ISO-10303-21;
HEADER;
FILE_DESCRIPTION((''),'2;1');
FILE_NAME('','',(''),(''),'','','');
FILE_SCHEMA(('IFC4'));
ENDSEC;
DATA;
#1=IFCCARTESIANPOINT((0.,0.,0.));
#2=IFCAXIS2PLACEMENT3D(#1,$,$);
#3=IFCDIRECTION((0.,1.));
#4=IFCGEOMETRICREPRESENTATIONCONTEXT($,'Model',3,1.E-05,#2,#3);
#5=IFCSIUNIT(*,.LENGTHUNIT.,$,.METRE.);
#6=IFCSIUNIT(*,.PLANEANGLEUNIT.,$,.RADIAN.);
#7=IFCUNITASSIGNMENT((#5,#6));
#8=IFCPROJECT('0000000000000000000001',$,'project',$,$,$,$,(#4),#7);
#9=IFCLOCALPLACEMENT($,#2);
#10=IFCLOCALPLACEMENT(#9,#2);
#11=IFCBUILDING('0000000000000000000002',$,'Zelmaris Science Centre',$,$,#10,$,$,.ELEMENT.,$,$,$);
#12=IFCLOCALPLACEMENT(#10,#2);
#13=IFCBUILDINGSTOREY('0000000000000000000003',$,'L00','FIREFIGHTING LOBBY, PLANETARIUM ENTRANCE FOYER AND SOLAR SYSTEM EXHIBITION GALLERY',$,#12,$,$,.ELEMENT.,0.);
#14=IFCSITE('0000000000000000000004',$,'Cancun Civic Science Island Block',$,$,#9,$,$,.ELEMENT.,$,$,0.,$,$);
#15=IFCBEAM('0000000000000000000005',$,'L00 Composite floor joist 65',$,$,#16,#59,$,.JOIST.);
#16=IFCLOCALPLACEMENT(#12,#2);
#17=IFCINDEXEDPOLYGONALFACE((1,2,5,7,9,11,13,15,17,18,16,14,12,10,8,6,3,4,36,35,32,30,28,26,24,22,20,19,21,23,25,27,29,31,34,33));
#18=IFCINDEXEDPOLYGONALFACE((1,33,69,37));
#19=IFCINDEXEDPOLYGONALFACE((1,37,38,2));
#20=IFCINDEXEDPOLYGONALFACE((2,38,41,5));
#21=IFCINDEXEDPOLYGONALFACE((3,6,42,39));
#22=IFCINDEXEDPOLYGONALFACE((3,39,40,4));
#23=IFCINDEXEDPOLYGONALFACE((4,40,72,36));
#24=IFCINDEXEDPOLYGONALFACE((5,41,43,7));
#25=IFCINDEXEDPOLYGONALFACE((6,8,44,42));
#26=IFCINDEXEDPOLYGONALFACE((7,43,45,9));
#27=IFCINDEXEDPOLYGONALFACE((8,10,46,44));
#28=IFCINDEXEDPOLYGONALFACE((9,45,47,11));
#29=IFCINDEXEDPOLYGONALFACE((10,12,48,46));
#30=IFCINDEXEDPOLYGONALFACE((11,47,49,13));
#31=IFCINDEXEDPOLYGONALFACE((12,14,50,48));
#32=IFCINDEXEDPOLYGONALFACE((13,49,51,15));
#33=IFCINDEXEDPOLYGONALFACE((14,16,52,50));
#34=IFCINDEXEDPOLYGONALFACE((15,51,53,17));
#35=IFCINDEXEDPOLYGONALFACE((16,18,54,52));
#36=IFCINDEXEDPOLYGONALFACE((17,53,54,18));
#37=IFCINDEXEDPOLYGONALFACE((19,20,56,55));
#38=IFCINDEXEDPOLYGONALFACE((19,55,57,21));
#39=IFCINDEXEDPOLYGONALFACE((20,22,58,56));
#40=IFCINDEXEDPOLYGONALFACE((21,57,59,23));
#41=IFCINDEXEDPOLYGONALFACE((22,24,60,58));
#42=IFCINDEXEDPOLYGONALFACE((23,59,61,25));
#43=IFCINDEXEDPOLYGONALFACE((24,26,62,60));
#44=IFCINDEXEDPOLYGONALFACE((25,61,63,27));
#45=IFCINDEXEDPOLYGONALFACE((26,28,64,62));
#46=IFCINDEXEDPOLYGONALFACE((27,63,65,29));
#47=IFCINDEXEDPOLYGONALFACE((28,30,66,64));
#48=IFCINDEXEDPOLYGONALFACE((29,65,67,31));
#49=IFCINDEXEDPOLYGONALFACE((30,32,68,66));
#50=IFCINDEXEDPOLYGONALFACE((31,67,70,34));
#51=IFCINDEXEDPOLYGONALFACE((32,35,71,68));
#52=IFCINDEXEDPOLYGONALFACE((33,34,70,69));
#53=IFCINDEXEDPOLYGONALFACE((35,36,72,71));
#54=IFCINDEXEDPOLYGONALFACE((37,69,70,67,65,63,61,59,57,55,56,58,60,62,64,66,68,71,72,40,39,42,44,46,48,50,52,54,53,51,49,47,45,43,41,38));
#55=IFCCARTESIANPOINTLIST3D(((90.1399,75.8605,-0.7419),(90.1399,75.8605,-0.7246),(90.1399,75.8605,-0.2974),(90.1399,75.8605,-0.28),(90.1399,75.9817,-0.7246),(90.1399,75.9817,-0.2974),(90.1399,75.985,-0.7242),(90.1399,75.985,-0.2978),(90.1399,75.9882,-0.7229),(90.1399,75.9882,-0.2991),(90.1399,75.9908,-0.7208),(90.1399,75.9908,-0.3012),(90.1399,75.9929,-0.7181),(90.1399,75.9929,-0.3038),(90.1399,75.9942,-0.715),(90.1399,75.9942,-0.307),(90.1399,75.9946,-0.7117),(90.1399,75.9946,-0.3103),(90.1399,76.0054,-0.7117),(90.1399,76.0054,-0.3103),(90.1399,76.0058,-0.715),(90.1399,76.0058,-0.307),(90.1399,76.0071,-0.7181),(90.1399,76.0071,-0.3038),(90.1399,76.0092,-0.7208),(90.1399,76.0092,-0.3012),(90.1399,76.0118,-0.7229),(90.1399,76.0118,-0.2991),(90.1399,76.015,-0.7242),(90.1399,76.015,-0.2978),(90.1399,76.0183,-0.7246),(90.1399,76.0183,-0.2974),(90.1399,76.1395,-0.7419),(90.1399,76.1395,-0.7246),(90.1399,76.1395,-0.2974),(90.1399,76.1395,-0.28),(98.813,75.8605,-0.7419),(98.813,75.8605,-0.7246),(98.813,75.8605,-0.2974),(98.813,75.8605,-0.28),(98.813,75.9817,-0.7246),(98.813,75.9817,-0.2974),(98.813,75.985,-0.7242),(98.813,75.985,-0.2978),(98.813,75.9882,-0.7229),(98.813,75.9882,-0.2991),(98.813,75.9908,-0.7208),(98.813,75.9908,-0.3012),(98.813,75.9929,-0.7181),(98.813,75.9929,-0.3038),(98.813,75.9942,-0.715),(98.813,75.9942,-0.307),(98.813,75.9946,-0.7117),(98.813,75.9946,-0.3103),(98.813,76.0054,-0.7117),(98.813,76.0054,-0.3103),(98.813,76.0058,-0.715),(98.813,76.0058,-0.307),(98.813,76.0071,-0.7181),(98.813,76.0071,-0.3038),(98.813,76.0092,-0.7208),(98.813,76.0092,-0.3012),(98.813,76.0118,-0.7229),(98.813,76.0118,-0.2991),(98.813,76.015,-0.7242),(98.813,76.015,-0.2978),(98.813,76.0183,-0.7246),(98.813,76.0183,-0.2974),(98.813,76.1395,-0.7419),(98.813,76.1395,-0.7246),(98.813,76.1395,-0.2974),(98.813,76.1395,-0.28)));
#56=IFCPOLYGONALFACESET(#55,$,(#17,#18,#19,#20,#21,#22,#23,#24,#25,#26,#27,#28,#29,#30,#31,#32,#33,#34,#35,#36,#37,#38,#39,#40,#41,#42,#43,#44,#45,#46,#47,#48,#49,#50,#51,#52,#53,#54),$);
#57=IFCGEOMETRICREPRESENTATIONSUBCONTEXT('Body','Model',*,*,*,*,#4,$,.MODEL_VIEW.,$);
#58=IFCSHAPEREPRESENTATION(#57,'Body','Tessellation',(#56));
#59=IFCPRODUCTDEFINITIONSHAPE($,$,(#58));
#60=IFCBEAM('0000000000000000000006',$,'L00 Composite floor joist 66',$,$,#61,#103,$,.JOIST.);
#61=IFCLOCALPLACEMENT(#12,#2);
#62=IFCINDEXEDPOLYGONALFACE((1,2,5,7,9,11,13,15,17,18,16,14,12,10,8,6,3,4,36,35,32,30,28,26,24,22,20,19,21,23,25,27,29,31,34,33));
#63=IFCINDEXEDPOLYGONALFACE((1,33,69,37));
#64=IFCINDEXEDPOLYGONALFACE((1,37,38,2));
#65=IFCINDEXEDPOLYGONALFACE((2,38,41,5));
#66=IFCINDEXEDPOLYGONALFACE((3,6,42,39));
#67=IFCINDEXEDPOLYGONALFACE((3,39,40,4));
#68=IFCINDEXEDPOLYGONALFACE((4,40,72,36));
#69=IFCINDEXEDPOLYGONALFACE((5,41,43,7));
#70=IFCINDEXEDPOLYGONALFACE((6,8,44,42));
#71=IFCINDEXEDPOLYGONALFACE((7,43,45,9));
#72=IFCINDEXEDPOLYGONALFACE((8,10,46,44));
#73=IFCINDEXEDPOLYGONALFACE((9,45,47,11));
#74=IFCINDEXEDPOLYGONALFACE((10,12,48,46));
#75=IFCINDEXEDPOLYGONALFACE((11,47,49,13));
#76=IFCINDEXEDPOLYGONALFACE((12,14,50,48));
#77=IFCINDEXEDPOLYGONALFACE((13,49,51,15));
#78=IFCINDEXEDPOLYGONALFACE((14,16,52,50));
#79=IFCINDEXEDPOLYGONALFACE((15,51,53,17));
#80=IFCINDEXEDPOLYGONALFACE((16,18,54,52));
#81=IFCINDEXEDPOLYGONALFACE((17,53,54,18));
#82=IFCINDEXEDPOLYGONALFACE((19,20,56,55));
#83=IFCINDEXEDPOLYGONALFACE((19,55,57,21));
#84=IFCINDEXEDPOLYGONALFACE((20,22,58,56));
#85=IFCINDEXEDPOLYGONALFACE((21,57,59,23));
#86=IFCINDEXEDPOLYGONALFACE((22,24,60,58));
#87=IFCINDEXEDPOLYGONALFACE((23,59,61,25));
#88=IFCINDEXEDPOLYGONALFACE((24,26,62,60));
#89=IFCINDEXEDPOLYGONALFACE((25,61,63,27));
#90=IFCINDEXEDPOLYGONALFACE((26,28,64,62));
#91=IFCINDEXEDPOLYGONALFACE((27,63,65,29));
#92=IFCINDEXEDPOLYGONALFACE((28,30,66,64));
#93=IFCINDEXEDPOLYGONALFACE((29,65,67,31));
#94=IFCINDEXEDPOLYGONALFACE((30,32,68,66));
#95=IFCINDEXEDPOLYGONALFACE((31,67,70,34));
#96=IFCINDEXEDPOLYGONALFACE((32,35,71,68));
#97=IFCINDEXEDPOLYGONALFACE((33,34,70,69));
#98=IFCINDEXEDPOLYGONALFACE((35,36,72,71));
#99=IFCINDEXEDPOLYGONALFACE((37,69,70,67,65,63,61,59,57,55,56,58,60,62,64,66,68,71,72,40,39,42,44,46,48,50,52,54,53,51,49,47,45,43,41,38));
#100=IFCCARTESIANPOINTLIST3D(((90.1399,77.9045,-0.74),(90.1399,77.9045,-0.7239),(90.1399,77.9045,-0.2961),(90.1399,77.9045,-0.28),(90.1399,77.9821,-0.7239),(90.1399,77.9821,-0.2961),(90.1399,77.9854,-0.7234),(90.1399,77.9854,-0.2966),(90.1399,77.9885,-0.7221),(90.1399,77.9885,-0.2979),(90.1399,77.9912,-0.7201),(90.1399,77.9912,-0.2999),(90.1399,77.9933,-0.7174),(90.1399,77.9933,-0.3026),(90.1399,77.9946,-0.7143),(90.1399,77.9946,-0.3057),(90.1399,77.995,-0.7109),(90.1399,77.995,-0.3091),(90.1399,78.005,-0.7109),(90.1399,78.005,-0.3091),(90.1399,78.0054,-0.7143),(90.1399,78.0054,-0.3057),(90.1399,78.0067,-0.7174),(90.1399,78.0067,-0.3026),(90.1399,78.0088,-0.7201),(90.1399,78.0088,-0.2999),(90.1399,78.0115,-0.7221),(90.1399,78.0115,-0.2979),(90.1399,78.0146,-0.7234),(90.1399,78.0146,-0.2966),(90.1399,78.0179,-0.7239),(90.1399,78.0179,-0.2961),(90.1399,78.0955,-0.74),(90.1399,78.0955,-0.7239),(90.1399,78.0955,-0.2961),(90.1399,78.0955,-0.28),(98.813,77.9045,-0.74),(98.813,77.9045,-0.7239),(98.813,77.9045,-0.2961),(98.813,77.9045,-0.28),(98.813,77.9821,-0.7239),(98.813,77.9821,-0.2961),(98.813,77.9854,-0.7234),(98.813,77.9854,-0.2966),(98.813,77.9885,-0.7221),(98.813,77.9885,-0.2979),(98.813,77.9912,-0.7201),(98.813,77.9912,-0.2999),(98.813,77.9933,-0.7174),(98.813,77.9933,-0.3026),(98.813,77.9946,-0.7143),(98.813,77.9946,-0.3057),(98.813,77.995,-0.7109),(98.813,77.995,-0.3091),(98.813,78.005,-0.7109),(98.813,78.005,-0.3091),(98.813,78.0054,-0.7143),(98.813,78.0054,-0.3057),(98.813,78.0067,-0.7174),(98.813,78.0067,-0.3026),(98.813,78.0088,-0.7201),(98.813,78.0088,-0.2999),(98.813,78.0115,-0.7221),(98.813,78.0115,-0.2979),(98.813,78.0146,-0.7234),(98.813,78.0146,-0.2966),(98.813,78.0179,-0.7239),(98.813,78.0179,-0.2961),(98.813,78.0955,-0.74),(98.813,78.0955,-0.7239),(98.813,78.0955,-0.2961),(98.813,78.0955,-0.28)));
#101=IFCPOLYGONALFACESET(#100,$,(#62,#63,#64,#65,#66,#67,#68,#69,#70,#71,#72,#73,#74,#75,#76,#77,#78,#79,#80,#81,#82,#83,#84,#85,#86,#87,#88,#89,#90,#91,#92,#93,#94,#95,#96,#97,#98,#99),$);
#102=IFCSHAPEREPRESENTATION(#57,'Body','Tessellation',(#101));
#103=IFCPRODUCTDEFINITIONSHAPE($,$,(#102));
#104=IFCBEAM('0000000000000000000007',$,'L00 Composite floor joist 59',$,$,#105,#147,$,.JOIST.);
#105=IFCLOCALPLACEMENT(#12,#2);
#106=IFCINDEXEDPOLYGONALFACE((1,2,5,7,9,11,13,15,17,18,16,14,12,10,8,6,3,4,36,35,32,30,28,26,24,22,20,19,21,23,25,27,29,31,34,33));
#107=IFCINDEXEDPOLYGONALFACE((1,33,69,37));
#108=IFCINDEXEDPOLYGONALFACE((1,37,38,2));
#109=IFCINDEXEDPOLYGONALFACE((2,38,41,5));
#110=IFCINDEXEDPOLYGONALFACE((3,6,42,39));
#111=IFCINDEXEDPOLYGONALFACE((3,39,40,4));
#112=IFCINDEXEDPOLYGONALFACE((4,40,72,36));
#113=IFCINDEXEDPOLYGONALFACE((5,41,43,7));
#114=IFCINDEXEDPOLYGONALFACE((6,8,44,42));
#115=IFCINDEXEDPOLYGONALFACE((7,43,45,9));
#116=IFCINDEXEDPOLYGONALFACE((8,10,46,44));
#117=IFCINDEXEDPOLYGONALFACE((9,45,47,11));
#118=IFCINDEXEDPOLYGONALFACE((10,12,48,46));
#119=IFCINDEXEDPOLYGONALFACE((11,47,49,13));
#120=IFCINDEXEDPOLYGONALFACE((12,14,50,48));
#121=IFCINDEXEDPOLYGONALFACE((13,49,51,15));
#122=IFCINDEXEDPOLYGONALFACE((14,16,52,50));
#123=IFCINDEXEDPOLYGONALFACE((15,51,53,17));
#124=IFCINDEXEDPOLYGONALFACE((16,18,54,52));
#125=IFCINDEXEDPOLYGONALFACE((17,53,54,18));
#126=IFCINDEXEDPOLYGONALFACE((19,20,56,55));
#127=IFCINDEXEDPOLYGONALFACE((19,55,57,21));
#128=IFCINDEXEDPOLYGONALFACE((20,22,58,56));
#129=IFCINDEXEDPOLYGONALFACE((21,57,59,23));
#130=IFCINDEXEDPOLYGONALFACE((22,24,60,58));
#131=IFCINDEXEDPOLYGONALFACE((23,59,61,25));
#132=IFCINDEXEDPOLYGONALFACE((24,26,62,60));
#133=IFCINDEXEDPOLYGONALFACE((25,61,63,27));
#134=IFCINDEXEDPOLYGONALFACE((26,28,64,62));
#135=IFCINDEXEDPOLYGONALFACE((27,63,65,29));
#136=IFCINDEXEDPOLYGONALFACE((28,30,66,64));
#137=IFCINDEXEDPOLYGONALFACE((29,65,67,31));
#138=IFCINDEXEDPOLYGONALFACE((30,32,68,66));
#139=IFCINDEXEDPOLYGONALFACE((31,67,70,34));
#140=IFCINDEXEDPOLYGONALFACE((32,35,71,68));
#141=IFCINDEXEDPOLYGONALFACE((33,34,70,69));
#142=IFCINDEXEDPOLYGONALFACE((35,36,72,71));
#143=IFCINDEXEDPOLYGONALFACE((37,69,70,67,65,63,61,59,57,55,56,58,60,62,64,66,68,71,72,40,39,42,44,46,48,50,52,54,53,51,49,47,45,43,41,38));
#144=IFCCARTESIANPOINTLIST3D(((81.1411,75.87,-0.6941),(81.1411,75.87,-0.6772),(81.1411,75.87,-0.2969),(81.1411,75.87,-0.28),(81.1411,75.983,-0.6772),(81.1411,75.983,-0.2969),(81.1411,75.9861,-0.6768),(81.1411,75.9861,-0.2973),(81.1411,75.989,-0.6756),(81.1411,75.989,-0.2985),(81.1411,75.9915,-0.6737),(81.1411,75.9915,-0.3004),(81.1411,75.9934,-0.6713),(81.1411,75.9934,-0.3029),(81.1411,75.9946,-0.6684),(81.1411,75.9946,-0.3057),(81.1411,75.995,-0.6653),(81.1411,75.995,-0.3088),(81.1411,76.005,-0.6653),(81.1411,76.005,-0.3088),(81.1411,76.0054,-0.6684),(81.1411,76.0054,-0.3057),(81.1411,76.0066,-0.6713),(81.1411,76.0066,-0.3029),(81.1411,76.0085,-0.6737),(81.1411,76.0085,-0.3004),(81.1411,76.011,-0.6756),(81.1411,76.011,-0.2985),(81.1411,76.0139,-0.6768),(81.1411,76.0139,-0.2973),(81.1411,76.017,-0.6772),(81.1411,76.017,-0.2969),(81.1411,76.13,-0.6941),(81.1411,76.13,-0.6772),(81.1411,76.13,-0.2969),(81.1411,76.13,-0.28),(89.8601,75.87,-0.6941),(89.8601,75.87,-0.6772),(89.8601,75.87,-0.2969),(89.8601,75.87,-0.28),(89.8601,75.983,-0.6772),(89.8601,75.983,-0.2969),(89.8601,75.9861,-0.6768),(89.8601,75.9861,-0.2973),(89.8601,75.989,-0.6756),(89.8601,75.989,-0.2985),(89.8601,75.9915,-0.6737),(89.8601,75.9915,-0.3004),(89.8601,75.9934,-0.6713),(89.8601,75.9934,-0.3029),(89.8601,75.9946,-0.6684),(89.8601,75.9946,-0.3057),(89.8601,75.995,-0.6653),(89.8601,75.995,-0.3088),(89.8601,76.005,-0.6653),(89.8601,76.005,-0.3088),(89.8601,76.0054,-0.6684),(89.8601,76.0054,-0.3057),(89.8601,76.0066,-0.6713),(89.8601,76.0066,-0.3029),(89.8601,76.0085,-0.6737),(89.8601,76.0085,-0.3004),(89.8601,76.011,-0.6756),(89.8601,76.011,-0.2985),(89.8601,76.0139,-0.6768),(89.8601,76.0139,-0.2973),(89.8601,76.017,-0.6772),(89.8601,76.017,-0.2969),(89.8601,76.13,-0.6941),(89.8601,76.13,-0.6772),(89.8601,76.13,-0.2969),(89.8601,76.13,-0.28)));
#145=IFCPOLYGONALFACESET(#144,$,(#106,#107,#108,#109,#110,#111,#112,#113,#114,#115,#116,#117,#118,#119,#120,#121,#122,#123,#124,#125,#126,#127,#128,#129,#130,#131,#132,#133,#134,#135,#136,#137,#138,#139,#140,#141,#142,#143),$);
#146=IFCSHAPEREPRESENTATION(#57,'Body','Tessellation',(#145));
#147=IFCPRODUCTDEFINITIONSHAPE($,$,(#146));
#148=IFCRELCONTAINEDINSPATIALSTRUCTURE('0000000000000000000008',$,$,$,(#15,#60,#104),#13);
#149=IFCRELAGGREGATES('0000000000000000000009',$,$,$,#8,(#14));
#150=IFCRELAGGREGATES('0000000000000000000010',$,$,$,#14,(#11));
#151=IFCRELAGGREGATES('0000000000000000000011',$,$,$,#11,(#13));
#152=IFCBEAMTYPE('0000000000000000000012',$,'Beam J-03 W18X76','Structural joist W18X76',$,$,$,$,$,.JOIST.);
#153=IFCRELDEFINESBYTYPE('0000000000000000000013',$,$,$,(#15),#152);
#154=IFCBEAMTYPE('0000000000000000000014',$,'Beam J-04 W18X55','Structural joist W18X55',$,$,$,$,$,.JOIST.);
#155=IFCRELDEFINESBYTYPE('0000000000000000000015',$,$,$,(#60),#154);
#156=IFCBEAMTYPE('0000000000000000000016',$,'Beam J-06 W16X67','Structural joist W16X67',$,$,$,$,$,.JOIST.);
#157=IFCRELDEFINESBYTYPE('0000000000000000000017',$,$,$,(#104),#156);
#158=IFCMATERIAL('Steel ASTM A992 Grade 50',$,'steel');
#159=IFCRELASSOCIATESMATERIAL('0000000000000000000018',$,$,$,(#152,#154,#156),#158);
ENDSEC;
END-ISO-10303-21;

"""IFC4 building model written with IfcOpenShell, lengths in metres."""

from ifc_helpers import new_model, si_unit, direction, frame, origin, origin_2d, place, context, subcontext, project, spatial, i_section, extrude, material, material_profile, profile_set, type_object, element, save


model = new_model("IFC4")

# Units and contexts
model_context = context("Model", 3, precision=1e-05, world=origin(), true_north=direction((0.0, 1.0)))
body_context = subcontext(model_context, "Body", "Model", "MODEL_VIEW")
ifc_project = project(units=[si_unit("LENGTHUNIT", "METRE"), si_unit("PLANEANGLEUNIT", "RADIAN")], contexts=[model_context])

# Site, building, storey
site_placement = place(None, origin())
site = spatial("IfcSite", under=ifc_project, at=site_placement, Name="Cancun Civic Science Island Block", CompositionType="ELEMENT", RefElevation=0.0)
building_placement = place(site_placement, origin())
building = spatial("IfcBuilding", under=site, at=building_placement, Name="Zelmaris Science Centre", CompositionType="ELEMENT")
storey_placement = place(building_placement, origin())
storey = spatial("IfcBuildingStorey", under=building, at=storey_placement, Name="L00", Description="FIREFIGHTING LOBBY, PLANETARIUM ENTRANCE FOYER AND SOLAR SYSTEM EXHIBITION GALLERY", CompositionType="ELEMENT", Elevation=0.0)

# Shared definitions
ifc_material_1 = material(Name="Steel ASTM A992 Grade 50", Category="steel")

# Beams
ifc_material_profile_1 = material_profile(ifc_material_1, i_section(OverallWidth=0.2791, OverallDepth=0.4619, WebThickness=0.0107, FlangeThickness=0.0173, FilletRadius=0.0129, at=origin_2d()), Name="W18X76")
ifc_profile_set_1 = profile_set([ifc_material_profile_1], Name="Steel ASTM A992 Grade 50")
beam_type_1 = type_object("IfcBeamType", Name="Beam J-03 W18X76", Description="Structural joist W18X76", PredefinedType="JOIST", material=ifc_profile_set_1)
beam_1_placement = place(storey_placement, frame((90.1399, 76.0, -0.511), z_axis=(1.0, 0.0, 0.0), x_axis=(0.0, 1.0, 0.0)))
element("IfcBeam", 1, at=beam_1_placement, inside=storey, type_object=beam_type_1, Name="L00 Composite floor joist 65", PredefinedType="JOIST", context=body_context, shape_type="SweptSolid", body=[
    extrude(i_section(OverallWidth=0.2791, OverallDepth=0.4619, WebThickness=0.0107, FlangeThickness=0.0173, FilletRadius=0.0129, at=origin_2d()), origin(), (0.0, 0.0, 1.0), 8.6731),
])
ifc_material_profile_2 = material_profile(ifc_material_1, i_section(OverallWidth=0.1909, OverallDepth=0.46, WebThickness=0.01, FlangeThickness=0.0161, FilletRadius=0.0129, at=origin_2d()), Name="W18X55")
ifc_profile_set_2 = profile_set([ifc_material_profile_2], Name="Steel ASTM A992 Grade 50")
beam_type_2 = type_object("IfcBeamType", Name="Beam J-04 W18X55", Description="Structural joist W18X55", PredefinedType="JOIST", material=ifc_profile_set_2)
beam_2_placement = place(storey_placement, frame((90.1399, 78.0, -0.51), z_axis=(1.0, 0.0, 0.0), x_axis=(0.0, 1.0, 0.0)))
element("IfcBeam", 2, at=beam_2_placement, inside=storey, type_object=beam_type_2, Name="L00 Composite floor joist 66", PredefinedType="JOIST", context=body_context, shape_type="SweptSolid", body=[
    extrude(i_section(OverallWidth=0.1909, OverallDepth=0.46, WebThickness=0.01, FlangeThickness=0.0161, FilletRadius=0.0129, at=origin_2d()), origin(), (0.0, 0.0, 1.0), 8.6731),
])
ifc_material_profile_3 = material_profile(ifc_material_1, i_section(OverallWidth=0.26, OverallDepth=0.4141, WebThickness=0.01, FlangeThickness=0.0168, FilletRadius=0.012, at=origin_2d()), Name="W16X67")
ifc_profile_set_3 = profile_set([ifc_material_profile_3], Name="Steel ASTM A992 Grade 50")
beam_type_3 = type_object("IfcBeamType", Name="Beam J-06 W16X67", Description="Structural joist W16X67", PredefinedType="JOIST", material=ifc_profile_set_3)
beam_3_placement = place(storey_placement, frame((81.1411, 76.0, -0.4871), z_axis=(1.0, 0.0, 0.0), x_axis=(0.0, 1.0, 0.0)))
element("IfcBeam", 3, at=beam_3_placement, inside=storey, type_object=beam_type_3, Name="L00 Composite floor joist 59", PredefinedType="JOIST", context=body_context, shape_type="SweptSolid", body=[
    extrude(i_section(OverallWidth=0.26, OverallDepth=0.4141, WebThickness=0.01, FlangeThickness=0.0168, FilletRadius=0.012, at=origin_2d()), origin(), (0.0, 0.0, 1.0), 8.719),
])

save(model, "model.ifc")
